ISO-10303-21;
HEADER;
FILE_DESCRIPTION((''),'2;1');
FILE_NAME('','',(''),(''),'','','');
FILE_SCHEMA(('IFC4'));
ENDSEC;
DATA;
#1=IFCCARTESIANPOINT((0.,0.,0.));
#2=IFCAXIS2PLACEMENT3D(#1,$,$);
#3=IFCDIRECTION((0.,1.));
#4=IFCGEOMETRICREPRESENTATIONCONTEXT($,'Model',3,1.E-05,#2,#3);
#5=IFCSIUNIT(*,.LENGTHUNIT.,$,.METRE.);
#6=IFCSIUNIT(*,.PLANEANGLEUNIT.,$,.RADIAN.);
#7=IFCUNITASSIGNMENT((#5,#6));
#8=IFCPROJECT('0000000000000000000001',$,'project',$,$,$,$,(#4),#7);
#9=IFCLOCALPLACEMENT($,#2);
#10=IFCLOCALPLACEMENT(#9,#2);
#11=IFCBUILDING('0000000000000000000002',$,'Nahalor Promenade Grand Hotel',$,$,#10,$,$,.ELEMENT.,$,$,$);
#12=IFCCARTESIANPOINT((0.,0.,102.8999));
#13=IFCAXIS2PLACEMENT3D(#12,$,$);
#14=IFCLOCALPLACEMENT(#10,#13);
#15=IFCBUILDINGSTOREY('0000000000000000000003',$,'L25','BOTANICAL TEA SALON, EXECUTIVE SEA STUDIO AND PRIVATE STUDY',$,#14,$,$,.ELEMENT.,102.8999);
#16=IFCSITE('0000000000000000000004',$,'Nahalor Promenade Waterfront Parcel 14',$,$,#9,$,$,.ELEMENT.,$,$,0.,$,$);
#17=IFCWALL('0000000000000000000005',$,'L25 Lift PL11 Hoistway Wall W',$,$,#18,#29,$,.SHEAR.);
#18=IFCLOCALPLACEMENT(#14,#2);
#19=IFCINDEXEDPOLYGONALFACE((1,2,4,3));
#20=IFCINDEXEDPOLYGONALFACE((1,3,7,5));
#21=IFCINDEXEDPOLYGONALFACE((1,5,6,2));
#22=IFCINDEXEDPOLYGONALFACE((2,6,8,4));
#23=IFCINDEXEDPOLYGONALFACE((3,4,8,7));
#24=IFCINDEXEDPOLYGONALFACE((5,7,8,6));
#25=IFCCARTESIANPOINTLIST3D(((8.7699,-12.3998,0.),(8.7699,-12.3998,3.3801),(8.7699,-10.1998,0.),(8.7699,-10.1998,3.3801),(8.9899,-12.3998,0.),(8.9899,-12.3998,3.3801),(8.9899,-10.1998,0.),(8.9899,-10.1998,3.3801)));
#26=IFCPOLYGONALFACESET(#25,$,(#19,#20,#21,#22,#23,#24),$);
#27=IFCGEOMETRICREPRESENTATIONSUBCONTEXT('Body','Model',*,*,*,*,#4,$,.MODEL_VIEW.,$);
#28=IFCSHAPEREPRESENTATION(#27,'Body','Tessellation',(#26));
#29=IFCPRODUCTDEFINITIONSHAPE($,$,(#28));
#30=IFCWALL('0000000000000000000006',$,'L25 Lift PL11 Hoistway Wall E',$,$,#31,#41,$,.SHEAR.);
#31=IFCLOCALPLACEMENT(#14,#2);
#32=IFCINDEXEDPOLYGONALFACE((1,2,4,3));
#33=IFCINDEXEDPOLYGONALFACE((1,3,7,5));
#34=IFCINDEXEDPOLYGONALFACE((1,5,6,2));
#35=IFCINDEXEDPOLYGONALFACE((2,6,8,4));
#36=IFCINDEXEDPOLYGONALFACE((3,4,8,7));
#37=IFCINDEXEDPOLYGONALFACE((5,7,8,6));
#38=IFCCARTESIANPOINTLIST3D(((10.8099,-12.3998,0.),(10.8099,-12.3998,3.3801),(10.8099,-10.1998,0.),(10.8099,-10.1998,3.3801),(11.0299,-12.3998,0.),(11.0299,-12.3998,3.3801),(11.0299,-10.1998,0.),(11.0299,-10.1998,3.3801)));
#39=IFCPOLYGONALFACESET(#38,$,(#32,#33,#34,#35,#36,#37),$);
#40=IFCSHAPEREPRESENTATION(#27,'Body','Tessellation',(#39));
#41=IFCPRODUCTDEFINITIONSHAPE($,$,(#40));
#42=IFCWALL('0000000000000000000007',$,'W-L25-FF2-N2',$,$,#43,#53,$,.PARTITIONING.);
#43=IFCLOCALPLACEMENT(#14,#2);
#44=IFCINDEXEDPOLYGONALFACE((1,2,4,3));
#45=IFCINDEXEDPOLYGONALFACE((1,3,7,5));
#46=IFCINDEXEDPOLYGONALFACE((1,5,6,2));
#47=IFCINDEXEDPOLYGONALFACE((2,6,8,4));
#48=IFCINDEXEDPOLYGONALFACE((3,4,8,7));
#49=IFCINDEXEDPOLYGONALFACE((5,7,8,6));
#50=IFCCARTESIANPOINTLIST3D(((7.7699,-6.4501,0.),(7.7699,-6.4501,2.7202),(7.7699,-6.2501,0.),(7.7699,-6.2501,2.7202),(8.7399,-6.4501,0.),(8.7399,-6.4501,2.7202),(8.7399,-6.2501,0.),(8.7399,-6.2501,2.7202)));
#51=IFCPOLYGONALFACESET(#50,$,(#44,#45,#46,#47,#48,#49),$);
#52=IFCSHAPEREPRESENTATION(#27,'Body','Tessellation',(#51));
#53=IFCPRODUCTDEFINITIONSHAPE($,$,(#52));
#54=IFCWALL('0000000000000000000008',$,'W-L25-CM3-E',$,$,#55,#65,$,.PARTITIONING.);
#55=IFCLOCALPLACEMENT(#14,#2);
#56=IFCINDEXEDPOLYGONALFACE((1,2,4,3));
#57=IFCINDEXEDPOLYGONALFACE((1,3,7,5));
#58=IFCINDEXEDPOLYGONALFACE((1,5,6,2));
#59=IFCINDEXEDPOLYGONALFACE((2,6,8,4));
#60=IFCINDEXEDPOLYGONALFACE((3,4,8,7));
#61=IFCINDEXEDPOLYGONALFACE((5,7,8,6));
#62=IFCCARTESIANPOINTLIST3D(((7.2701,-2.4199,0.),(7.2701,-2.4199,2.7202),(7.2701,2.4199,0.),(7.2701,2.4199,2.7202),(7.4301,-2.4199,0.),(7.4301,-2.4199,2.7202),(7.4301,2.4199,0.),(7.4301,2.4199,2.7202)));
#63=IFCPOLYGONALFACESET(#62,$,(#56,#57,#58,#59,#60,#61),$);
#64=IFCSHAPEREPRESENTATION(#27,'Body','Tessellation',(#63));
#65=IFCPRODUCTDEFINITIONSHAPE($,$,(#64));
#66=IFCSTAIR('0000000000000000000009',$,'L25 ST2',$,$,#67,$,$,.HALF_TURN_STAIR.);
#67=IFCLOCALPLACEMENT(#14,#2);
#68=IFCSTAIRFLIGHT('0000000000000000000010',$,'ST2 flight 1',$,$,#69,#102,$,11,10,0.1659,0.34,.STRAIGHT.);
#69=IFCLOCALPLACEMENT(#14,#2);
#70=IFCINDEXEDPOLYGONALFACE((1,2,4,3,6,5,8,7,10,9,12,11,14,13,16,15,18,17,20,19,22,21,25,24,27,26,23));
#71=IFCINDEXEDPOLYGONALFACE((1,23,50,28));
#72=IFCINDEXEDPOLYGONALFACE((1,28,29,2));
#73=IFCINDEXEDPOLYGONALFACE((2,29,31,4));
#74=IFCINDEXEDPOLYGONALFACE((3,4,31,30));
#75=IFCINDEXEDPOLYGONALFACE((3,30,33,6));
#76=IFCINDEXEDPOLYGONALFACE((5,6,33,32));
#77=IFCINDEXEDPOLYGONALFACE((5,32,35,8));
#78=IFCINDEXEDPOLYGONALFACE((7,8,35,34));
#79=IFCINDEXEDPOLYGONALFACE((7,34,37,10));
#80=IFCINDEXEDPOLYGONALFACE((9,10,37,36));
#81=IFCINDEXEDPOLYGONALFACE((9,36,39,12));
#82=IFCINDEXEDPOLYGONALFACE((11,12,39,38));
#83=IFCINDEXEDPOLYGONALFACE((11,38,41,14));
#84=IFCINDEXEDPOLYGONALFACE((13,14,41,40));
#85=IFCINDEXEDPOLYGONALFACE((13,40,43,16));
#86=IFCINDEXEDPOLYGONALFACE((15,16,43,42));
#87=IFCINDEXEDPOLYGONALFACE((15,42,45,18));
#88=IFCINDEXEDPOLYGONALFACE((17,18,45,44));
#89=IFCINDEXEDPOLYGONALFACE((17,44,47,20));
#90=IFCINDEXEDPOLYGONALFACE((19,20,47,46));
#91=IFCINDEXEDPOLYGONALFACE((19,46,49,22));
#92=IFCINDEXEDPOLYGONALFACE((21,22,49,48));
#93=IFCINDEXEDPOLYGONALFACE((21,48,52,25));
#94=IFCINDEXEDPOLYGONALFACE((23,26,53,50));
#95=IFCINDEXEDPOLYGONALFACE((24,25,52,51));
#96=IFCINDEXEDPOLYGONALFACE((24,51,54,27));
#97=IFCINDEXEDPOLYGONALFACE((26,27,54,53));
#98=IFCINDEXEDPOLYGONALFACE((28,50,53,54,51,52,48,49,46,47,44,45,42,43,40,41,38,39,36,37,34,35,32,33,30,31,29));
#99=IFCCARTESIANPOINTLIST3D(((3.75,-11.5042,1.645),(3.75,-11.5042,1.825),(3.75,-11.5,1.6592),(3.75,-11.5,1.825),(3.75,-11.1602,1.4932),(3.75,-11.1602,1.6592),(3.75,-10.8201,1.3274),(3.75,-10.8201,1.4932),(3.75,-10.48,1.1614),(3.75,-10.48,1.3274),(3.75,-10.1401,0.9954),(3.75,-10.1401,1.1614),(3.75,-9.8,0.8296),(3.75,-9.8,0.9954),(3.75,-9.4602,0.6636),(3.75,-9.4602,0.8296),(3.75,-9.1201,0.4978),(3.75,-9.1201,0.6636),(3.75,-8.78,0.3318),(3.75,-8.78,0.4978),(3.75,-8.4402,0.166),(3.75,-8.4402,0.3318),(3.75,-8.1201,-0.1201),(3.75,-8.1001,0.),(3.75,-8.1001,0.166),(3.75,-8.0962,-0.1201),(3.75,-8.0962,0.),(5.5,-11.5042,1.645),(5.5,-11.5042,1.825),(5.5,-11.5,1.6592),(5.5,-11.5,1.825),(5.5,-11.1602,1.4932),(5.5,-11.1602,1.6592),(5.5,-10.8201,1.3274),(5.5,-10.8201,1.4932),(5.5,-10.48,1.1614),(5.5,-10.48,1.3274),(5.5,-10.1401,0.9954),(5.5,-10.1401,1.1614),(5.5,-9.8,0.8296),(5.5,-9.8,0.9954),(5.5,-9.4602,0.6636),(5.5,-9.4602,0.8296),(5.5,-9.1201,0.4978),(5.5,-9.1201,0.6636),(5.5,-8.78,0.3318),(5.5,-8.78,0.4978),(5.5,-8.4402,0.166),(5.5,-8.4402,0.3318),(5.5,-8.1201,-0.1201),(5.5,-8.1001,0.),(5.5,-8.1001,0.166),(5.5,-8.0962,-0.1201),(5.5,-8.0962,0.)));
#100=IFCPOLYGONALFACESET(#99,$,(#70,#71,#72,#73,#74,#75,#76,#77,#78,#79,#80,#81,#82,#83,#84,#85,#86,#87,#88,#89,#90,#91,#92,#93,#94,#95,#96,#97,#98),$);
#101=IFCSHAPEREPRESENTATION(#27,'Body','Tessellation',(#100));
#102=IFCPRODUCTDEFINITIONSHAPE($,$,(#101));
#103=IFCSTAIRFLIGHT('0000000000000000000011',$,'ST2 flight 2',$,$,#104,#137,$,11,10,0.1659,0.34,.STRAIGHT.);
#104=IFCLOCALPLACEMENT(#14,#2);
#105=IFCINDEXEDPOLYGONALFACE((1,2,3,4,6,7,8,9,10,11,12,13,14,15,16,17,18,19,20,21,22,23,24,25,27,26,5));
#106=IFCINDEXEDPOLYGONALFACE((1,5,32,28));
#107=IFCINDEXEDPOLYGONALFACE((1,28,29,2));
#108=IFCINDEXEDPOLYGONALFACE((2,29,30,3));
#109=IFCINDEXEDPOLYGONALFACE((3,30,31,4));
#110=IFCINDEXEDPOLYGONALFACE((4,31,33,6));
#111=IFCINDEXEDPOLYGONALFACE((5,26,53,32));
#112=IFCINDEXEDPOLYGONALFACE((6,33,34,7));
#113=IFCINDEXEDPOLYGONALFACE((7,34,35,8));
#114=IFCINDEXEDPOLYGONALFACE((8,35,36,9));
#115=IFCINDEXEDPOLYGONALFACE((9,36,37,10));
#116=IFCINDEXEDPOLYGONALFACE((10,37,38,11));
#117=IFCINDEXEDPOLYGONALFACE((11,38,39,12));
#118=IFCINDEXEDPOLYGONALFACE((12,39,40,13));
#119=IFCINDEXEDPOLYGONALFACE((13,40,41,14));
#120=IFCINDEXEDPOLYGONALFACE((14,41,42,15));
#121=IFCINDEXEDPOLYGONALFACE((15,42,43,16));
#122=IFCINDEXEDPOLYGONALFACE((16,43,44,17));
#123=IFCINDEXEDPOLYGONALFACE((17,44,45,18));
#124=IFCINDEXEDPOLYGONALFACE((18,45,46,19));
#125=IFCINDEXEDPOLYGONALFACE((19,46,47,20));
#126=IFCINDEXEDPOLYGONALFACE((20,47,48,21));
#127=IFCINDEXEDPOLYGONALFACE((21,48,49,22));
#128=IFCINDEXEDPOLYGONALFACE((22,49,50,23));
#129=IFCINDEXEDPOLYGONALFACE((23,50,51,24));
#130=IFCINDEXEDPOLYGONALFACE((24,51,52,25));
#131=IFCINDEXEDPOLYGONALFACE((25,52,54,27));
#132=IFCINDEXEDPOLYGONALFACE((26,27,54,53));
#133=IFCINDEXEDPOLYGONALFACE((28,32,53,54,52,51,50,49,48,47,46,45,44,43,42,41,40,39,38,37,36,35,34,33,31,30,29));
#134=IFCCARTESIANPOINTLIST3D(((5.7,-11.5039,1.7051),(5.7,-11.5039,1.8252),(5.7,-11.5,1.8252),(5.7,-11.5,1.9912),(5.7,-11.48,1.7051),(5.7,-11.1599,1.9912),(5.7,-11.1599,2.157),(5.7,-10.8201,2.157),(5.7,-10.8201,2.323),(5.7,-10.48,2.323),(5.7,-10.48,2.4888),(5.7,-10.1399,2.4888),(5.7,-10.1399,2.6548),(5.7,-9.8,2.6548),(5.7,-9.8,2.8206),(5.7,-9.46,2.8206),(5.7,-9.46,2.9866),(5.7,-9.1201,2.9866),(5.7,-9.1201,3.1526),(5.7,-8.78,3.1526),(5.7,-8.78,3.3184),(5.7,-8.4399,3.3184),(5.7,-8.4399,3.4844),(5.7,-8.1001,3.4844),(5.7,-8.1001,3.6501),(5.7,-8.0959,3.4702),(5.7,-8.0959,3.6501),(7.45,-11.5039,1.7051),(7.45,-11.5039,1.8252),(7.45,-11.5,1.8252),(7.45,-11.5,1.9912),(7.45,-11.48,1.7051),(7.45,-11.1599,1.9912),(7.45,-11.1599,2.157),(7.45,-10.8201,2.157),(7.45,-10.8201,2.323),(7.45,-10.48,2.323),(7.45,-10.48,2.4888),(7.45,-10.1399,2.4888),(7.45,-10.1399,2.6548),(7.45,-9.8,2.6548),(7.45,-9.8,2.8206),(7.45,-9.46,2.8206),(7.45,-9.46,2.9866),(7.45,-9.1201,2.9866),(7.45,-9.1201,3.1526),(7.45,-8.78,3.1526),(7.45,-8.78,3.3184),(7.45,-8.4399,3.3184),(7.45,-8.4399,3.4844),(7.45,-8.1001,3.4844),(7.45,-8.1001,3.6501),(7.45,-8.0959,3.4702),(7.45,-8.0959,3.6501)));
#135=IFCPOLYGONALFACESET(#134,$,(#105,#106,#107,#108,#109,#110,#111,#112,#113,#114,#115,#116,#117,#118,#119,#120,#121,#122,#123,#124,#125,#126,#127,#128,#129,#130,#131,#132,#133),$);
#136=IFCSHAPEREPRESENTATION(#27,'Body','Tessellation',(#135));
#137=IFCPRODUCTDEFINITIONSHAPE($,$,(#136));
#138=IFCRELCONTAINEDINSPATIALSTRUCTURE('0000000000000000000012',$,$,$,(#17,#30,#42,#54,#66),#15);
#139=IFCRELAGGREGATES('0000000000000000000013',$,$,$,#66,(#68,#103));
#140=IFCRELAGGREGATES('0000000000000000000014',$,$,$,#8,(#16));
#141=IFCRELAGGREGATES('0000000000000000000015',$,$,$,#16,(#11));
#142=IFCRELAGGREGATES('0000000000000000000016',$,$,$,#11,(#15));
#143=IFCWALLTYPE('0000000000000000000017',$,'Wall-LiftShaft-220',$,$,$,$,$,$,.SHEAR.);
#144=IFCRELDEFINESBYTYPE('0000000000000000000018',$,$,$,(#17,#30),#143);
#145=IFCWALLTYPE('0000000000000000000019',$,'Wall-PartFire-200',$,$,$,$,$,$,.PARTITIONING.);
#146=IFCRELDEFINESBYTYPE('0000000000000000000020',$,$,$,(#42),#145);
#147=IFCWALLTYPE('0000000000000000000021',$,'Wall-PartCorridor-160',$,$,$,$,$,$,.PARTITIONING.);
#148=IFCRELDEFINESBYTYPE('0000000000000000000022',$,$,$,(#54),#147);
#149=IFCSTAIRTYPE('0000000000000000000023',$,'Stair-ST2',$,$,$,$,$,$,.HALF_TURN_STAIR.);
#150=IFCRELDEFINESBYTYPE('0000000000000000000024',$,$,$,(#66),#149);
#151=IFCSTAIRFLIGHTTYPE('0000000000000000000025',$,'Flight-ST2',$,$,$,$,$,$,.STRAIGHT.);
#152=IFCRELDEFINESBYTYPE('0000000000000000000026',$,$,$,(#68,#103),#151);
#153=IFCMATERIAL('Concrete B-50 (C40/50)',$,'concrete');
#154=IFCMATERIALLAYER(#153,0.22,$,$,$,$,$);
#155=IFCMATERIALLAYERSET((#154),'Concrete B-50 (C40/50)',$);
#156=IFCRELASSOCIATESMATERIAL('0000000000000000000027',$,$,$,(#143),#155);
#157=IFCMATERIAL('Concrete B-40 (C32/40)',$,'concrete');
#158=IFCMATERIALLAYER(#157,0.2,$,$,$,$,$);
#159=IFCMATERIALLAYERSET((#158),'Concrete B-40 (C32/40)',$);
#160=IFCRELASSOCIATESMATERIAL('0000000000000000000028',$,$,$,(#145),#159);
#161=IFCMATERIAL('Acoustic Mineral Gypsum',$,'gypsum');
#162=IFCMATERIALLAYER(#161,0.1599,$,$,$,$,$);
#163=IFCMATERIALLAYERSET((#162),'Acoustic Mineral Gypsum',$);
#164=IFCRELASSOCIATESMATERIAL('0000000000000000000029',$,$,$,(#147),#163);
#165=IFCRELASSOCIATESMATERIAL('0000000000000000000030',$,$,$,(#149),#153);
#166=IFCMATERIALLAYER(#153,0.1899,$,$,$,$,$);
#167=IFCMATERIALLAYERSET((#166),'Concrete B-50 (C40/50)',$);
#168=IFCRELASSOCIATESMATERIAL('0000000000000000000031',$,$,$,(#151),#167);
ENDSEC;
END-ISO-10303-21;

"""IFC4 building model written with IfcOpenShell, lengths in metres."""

from ifc_helpers import new_model, si_unit, direction, frame, frame_2d, origin, place, context, subcontext, project, spatial, polyline, rectangle, outline, extrude, source, transform, mapped, material, layer, layer_set, type_object, element, aggregate, save


model = new_model("IFC4")

# Units and contexts
model_context = context("Model", 3, precision=1e-05, world=origin(), true_north=direction((0.0, 1.0)))
body_context = subcontext(model_context, "Body", "Model", "MODEL_VIEW")
ifc_project = project(units=[si_unit("LENGTHUNIT", "METRE"), si_unit("PLANEANGLEUNIT", "RADIAN")], contexts=[model_context])

# Site, building, storey
site_placement = place(None, origin())
site = spatial("IfcSite", under=ifc_project, at=site_placement, Name="Nahalor Promenade Waterfront Parcel 14", CompositionType="ELEMENT", RefElevation=0.0)
building_placement = place(site_placement, origin())
building = spatial("IfcBuilding", under=site, at=building_placement, Name="Nahalor Promenade Grand Hotel", CompositionType="ELEMENT")
storey_placement = place(building_placement, frame((0.0, 0.0, 102.8999)))
storey = spatial("IfcBuildingStorey", under=building, at=storey_placement, Name="L25", Description="BOTANICAL TEA SALON, EXECUTIVE SEA STUDIO AND PRIVATE STUDY", CompositionType="ELEMENT", Elevation=102.8999)

# Walls
ifc_material_1 = material(Name="Concrete B-50 (C40/50)", Category="concrete")
ifc_layer_1 = layer(ifc_material_1, 0.22)
ifc_layer_set_1 = layer_set([ifc_layer_1], Name="Concrete B-50 (C40/50)")
wall_type_1 = type_object("IfcWallType", Name="Wall-LiftShaft-220", PredefinedType="SHEAR", material=ifc_layer_set_1)
shared_shape_1 = source(origin(), body_context, "Body", "SweptSolid", [
    extrude(rectangle(XDim=2.2, YDim=0.22, at=frame_2d((1.1001, 0.0))), origin(), (0.0, 0.0, 1.0), 3.3801),
])
for number, where, z_axis, x_axis, name in (
    (1, (8.8799, -12.3999, 0.0), (0.0, 0.0, 1.0), (0.0, 1.0, 0.0), "L25 Lift PL11 Hoistway Wall W"),
    (2, (10.9199, -12.3999, 0.0), (0.0, 0.0, 1.0), (0.0, 1.0, 0.0), "L25 Lift PL11 Hoistway Wall E"),
):
    element("IfcWall", number, at=place(storey_placement, frame(where, z_axis=z_axis, x_axis=x_axis)), inside=storey, type_object=wall_type_1, Name=name, PredefinedType="SHEAR", context=body_context, shape_type="MappedRepresentation", body=[
        mapped(shared_shape_1, transform((0.0, 0.0, 0.0), scale=1.0)),
    ])
ifc_material_2 = material(Name="Concrete B-40 (C32/40)", Category="concrete")
ifc_layer_2 = layer(ifc_material_2, 0.2)
ifc_layer_set_2 = layer_set([ifc_layer_2], Name="Concrete B-40 (C32/40)")
wall_type_2 = type_object("IfcWallType", Name="Wall-PartFire-200", PredefinedType="PARTITIONING", material=ifc_layer_set_2)
shared_shape_2 = source(origin(), body_context, "Body", "SweptSolid", [
    extrude(rectangle(XDim=0.97, YDim=0.2, at=frame_2d((0.4849, 0.0))), origin(), (0.0, 0.0, 1.0), 2.7202),
])
wall_1_placement = place(storey_placement, frame((7.77, -6.3501, 0.0), z_axis=(0.0, 0.0, 1.0), x_axis=(1.0, 0.0, 0.0)))
element("IfcWall", 3, at=wall_1_placement, inside=storey, type_object=wall_type_2, Name="W-L25-FF2-N2", PredefinedType="PARTITIONING", context=body_context, shape_type="MappedRepresentation", body=[
    mapped(shared_shape_2, transform((0.0, 0.0, 0.0), scale=1.0)),
])
ifc_material_3 = material(Name="Acoustic Mineral Gypsum", Category="gypsum")
ifc_layer_3 = layer(ifc_material_3, 0.1599)
ifc_layer_set_3 = layer_set([ifc_layer_3], Name="Acoustic Mineral Gypsum")
wall_type_3 = type_object("IfcWallType", Name="Wall-PartCorridor-160", PredefinedType="PARTITIONING", material=ifc_layer_set_3)
shared_shape_3 = source(origin(), body_context, "Body", "SweptSolid", [
    extrude(rectangle(XDim=4.8398, YDim=0.1599, at=frame_2d((2.4199, 0.0))), origin(), (0.0, 0.0, 1.0), 2.7202),
])
wall_2_placement = place(storey_placement, frame((7.3501, -2.4199, 0.0), z_axis=(0.0, 0.0, 1.0), x_axis=(0.0, 1.0, 0.0)))
element("IfcWall", 4, at=wall_2_placement, inside=storey, type_object=wall_type_3, Name="W-L25-CM3-E", PredefinedType="PARTITIONING", context=body_context, shape_type="MappedRepresentation", body=[
    mapped(shared_shape_3, transform((0.0, 0.0, 0.0), scale=1.0)),
])

# Stair, stair flights
stair_type = type_object("IfcStairType", Name="Stair-ST2", PredefinedType="HALF_TURN_STAIR", material=ifc_material_1)
stair_placement = place(storey_placement, origin())
stair = element("IfcStair", 5, at=stair_placement, inside=storey, type_object=stair_type, Name="L25 ST2", PredefinedType="HALF_TURN_STAIR")
ifc_layer_4 = layer(ifc_material_1, 0.1899)
ifc_layer_set_4 = layer_set([ifc_layer_4], Name="Concrete B-50 (C40/50)")
stair_flight_type = type_object("IfcStairFlightType", Name="Flight-ST2", PredefinedType="STRAIGHT", material=ifc_layer_set_4)
shared_shape_4 = source(origin(), body_context, "Body", "SweptSolid", [
    extrude(outline(polyline([(-0.0039, -0.1201), (-0.0039, 0.0), (0.0, 0.0), (0.0, 0.166), (0.3401, 0.166), (0.3401, 0.3318), (0.6799, 0.3318), (0.6799, 0.4978), (1.02, 0.4978), (1.02, 0.6636), (1.3601, 0.6636), (1.3601, 0.8296), (1.7, 0.8296), (1.7, 0.9954), (2.04, 0.9954), (2.04, 1.1614), (2.3799, 1.1614), (2.3799, 1.3274), (2.72, 1.3274), (2.72, 1.4932), (3.0601, 1.4932), (3.0601, 1.6592), (3.3999, 1.6592), (3.3999, 1.825), (3.4041, 1.825), (3.4041, 1.645), (0.02, -0.1201), (-0.0039, -0.1201)])), frame((0.0, 0.875, 0.0), z_axis=(0.0, -1.0, 0.0), x_axis=(1.0, 0.0, 0.0)), (0.0, 0.0, 1.0), 1.75),
])
stair_flight_1_placement = place(storey_placement, frame((4.625, -8.1001, 0.0), z_axis=(0.0, 0.0, 1.0), x_axis=(0.0, -1.0, 0.0)))
stair_flight_1 = element("IfcStairFlight", 6, at=stair_flight_1_placement, type_object=stair_flight_type, Name="ST2 flight 1", NumberOfRisers=11, NumberOfTreads=10, PredefinedType="STRAIGHT", RiserHeight=0.1659, TreadLength=0.34, context=body_context, shape_type="MappedRepresentation", body=[
    mapped(shared_shape_4, transform((0.0, 0.0, 0.0), scale=1.0)),
])
stair_flight_2_placement = place(storey_placement, frame((6.575, -11.5, 1.8252), z_axis=(0.0, 0.0, 1.0), x_axis=(0.0, 1.0, 0.0)))
stair_flight_2 = element("IfcStairFlight", 7, at=stair_flight_2_placement, type_object=stair_flight_type, Name="ST2 flight 2", NumberOfRisers=11, NumberOfTreads=10, PredefinedType="STRAIGHT", RiserHeight=0.1659, TreadLength=0.34, context=body_context, shape_type="MappedRepresentation", body=[
    mapped(shared_shape_4, transform((0.0, 0.0, 0.0), scale=1.0)),
])
aggregate(stair, [stair_flight_1, stair_flight_2])

save(model, "model.ifc")
